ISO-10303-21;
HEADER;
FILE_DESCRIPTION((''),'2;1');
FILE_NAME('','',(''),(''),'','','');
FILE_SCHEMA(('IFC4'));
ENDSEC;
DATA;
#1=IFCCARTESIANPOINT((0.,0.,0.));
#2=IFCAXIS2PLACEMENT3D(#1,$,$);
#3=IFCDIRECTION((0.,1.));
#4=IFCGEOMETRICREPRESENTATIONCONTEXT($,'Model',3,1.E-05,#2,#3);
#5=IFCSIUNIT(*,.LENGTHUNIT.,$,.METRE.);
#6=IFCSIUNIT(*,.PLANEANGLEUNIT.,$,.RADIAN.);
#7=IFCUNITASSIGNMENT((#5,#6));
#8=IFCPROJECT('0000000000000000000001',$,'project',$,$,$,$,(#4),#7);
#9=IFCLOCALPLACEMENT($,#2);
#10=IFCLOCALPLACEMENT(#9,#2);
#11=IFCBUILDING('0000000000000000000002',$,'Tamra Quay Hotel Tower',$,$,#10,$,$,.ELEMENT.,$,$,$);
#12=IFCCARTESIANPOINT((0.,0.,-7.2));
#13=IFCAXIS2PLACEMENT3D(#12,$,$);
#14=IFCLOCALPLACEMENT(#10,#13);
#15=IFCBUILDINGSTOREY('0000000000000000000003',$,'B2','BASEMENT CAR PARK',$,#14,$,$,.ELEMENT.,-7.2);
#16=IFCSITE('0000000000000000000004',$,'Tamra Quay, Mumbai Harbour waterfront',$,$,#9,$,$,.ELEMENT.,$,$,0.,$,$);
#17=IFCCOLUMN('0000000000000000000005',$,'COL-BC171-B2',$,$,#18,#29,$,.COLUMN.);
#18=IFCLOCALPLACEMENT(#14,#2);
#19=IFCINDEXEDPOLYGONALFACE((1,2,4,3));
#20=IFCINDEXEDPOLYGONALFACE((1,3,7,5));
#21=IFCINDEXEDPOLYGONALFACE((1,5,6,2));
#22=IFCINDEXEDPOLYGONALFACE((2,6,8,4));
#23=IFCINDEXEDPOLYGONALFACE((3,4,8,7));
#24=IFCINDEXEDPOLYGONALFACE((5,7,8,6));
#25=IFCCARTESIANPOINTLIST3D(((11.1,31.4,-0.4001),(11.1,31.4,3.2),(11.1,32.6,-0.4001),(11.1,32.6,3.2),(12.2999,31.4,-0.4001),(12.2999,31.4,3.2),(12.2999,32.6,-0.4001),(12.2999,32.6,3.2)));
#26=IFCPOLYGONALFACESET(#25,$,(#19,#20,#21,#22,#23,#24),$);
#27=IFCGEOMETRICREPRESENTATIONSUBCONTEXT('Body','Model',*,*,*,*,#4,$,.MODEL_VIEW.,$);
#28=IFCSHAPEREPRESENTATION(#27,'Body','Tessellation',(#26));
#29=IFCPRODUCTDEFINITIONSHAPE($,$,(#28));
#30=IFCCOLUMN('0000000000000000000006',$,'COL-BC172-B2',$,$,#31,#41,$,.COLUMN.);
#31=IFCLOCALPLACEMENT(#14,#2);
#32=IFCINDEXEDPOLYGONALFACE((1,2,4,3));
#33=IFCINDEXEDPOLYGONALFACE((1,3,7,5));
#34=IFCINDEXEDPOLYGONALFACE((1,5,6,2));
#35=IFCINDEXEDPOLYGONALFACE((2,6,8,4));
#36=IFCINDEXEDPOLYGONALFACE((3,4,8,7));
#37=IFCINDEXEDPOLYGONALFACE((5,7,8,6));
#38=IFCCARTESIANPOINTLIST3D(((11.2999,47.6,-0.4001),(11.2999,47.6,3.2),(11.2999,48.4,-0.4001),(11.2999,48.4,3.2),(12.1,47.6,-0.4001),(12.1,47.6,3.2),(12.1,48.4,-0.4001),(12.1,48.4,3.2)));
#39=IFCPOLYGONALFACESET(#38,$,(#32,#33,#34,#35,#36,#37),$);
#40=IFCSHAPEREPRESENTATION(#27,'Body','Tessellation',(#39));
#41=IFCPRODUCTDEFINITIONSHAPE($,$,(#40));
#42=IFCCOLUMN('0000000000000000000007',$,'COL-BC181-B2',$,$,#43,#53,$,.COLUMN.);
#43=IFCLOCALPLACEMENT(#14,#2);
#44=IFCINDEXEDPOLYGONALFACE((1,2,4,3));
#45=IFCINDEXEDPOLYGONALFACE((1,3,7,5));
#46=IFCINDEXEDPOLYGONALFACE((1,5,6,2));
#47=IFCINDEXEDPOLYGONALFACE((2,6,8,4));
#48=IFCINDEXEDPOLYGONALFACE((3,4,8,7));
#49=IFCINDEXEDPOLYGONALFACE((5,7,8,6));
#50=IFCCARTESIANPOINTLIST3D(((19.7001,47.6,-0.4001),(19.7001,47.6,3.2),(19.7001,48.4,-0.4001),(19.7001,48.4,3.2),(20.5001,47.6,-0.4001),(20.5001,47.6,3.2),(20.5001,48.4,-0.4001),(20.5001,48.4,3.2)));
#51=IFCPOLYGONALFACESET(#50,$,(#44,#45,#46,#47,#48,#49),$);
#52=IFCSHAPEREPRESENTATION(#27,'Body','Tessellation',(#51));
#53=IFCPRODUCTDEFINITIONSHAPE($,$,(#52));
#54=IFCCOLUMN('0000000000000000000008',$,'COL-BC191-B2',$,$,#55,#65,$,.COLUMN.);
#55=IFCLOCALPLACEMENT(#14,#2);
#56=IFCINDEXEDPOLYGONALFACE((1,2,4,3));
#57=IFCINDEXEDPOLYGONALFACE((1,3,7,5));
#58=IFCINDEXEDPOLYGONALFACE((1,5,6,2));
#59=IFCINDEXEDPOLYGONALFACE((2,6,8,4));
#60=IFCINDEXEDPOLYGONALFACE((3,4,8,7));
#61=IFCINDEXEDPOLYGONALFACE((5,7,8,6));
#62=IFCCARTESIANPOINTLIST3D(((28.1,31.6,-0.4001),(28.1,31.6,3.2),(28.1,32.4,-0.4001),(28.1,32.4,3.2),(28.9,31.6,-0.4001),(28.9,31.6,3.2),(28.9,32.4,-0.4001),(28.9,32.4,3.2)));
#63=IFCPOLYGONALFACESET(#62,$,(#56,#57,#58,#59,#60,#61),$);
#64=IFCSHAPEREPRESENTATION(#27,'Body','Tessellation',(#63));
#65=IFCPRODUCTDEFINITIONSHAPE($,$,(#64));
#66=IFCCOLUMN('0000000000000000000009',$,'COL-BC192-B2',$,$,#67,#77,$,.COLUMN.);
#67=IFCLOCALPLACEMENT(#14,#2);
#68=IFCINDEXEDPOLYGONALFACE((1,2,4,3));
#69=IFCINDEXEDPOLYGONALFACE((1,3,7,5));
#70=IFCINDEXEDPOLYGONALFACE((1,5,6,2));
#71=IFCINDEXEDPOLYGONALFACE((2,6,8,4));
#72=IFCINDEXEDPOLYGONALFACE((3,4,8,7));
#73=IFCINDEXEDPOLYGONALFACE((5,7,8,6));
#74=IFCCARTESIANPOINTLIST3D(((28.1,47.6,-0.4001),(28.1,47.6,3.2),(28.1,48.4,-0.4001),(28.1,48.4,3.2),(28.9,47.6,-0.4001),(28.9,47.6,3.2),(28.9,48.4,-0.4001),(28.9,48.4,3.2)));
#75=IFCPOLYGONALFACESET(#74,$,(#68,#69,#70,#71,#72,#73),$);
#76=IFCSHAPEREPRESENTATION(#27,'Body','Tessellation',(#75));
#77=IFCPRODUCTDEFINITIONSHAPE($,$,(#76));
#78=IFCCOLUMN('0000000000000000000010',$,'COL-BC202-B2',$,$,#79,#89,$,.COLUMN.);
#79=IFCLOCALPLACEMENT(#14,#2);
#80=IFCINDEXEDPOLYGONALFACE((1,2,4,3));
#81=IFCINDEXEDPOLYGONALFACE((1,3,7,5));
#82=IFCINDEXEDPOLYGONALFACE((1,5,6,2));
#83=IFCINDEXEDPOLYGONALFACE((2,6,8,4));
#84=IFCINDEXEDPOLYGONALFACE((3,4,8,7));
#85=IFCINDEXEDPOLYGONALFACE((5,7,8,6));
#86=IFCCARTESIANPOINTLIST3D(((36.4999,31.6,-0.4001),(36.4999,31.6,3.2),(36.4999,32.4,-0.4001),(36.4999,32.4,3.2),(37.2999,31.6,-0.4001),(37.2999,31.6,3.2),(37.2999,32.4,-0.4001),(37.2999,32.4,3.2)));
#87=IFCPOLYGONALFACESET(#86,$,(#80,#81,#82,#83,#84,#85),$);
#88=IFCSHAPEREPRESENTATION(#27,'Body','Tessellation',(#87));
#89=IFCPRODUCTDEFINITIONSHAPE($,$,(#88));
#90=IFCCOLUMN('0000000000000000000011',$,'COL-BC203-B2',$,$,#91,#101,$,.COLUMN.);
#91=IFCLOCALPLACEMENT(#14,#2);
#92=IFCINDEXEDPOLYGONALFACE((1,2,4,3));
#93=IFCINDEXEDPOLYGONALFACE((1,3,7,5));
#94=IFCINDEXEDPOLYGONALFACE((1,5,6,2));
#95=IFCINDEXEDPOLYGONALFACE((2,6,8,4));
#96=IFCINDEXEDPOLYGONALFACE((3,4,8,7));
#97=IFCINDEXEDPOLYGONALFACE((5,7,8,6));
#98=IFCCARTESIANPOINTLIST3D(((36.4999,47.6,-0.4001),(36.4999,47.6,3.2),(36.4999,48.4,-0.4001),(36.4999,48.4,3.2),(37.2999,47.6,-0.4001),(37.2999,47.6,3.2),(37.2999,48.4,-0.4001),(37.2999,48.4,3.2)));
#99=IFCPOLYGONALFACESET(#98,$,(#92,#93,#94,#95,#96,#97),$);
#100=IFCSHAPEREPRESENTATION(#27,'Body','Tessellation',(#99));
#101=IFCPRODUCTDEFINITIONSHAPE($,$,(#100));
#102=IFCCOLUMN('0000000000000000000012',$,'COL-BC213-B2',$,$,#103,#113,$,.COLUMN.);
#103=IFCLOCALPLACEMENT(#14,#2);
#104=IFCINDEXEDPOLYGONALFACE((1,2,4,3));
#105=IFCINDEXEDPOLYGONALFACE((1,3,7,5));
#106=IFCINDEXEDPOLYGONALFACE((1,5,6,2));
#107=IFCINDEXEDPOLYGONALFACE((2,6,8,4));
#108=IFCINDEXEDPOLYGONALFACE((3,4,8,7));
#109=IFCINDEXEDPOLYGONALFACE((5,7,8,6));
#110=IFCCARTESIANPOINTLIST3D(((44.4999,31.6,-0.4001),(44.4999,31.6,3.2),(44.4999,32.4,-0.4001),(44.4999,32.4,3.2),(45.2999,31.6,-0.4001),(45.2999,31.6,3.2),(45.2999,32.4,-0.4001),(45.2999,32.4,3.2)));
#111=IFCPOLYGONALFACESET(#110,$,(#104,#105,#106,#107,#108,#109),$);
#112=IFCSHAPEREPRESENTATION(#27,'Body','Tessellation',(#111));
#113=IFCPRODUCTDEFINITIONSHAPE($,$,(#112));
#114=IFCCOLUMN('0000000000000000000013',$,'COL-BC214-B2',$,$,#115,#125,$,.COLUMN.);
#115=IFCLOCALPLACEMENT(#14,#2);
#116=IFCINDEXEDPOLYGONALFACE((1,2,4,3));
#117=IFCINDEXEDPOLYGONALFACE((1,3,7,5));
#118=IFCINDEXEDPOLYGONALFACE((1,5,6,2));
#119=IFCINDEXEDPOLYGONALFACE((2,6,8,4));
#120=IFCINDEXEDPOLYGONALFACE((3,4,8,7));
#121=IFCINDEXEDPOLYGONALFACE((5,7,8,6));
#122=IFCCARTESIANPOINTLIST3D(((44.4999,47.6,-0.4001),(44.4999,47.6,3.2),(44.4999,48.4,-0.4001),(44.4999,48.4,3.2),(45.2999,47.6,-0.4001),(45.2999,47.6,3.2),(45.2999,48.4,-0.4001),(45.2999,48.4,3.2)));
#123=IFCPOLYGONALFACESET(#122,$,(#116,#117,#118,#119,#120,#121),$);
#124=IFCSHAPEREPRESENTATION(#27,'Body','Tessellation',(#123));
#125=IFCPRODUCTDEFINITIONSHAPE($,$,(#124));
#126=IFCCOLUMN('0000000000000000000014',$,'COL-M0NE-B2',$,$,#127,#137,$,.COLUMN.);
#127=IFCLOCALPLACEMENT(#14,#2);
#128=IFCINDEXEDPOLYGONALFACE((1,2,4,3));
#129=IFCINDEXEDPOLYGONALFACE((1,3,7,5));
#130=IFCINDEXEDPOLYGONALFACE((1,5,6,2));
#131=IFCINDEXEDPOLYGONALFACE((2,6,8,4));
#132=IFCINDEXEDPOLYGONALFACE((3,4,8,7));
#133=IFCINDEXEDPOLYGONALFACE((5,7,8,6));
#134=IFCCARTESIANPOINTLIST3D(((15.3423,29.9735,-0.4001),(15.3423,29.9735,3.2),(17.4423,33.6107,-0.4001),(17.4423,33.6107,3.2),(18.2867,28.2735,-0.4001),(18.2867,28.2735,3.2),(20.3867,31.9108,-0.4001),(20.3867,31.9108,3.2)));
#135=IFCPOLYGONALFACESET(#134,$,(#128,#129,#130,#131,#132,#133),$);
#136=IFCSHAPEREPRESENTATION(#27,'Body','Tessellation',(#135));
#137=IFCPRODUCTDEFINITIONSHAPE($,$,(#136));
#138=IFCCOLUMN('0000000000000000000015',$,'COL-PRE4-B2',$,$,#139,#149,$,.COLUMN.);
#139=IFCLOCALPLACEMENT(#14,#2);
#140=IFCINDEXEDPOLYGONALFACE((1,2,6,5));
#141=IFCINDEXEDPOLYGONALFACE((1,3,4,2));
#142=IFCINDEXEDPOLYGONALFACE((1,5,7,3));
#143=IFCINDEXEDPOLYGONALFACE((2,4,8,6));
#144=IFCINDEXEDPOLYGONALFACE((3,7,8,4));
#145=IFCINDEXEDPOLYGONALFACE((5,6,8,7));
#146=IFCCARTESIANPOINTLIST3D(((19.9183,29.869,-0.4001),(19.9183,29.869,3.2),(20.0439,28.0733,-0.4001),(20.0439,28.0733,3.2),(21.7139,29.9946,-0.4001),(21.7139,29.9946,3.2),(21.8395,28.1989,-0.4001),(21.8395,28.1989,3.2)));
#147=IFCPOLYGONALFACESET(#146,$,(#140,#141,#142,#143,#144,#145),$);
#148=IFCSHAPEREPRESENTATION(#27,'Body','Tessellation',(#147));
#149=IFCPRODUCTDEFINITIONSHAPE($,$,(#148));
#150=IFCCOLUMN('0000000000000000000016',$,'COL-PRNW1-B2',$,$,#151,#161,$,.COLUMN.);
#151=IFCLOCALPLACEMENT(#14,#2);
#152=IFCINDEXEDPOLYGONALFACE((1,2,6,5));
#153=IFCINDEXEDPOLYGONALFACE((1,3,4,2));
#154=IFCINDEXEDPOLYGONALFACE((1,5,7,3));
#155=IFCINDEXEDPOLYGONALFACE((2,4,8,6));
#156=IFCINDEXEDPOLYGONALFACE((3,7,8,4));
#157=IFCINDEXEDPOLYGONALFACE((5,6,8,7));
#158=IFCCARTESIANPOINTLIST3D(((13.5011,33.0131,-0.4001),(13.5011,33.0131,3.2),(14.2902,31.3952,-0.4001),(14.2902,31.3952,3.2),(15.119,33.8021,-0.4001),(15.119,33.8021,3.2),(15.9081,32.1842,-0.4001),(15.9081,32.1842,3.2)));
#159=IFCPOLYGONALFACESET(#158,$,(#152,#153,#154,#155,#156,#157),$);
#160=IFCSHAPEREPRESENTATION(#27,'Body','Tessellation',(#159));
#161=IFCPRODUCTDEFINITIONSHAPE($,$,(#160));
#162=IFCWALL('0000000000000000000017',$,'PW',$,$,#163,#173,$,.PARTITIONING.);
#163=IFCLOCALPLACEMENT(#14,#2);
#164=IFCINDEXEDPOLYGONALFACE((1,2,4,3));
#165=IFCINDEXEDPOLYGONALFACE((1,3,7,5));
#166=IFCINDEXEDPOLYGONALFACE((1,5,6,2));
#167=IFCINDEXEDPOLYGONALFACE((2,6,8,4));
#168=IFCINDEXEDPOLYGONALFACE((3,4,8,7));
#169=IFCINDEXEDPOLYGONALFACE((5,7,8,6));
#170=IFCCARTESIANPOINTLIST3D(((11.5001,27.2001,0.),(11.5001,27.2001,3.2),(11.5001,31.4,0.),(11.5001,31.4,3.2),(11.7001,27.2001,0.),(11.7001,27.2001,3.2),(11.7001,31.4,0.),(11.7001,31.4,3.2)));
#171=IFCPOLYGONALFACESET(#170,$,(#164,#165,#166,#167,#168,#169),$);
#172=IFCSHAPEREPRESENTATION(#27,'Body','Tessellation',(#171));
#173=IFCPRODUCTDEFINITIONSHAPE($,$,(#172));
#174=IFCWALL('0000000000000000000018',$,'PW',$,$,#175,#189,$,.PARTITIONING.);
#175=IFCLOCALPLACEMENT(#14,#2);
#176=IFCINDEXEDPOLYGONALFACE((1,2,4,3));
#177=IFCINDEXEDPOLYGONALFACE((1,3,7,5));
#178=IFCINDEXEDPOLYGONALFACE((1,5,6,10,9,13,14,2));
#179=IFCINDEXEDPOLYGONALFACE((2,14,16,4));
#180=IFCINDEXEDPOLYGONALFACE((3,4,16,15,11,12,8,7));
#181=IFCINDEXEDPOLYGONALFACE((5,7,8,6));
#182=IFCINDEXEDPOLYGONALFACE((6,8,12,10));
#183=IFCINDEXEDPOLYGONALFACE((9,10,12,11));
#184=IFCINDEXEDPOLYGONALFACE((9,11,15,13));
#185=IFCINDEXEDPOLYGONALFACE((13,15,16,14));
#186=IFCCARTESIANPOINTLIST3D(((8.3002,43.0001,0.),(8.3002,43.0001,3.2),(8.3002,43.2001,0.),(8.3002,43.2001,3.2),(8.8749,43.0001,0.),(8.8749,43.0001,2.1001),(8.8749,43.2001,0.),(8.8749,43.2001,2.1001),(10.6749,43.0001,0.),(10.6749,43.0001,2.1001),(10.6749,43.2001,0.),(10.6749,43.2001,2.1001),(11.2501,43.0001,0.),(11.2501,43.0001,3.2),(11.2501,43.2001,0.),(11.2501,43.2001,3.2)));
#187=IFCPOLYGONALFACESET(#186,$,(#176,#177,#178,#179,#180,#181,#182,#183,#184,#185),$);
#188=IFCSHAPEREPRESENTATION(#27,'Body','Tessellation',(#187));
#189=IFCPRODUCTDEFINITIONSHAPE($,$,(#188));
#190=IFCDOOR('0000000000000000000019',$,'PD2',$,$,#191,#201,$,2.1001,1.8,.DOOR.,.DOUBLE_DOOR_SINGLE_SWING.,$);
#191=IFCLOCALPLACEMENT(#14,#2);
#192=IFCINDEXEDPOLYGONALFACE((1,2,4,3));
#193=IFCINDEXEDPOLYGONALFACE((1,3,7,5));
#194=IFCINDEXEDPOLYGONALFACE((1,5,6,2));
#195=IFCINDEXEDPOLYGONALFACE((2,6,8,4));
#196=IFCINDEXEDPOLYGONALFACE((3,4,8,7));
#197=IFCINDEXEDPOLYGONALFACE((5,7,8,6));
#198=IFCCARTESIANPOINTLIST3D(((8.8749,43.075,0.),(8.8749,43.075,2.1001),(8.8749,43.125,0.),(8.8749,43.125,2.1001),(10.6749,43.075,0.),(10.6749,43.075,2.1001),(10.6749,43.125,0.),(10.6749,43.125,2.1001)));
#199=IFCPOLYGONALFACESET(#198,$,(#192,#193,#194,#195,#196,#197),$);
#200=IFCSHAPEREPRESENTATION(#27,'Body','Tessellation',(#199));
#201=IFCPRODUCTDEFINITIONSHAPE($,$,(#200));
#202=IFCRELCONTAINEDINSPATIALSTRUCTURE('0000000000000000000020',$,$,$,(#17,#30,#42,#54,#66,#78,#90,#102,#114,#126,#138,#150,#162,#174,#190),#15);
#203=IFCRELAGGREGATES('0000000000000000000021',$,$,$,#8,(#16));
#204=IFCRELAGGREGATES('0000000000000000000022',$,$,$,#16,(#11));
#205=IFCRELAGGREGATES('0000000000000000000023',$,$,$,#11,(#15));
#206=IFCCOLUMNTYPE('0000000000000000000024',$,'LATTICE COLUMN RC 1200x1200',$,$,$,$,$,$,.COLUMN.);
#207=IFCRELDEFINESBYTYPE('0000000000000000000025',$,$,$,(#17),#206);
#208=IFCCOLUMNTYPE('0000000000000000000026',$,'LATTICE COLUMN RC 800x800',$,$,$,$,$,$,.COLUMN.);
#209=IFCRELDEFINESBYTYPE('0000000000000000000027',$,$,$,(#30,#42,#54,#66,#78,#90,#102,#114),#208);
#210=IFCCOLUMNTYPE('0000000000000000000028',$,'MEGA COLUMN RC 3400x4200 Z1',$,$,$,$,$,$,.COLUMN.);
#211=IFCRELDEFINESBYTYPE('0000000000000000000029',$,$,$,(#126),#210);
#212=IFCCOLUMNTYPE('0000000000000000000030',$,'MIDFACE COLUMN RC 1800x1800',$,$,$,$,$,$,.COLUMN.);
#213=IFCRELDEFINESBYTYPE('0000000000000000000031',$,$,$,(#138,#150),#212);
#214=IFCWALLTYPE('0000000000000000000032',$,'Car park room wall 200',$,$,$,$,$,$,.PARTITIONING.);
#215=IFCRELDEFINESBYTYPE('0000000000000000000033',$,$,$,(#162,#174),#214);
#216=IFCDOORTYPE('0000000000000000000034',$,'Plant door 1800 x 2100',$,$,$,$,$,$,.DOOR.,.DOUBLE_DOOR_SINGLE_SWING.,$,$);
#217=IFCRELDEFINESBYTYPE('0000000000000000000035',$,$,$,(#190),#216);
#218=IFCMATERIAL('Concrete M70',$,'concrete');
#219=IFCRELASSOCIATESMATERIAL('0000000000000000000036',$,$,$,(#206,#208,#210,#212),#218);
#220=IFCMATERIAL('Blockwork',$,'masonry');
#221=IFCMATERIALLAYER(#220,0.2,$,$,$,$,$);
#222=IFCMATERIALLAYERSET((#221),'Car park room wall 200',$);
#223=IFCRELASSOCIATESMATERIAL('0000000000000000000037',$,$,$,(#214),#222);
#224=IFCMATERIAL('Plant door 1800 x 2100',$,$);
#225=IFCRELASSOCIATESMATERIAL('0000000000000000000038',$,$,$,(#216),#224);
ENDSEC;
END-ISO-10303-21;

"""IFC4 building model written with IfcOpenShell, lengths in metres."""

from ifc_helpers import new_model, si_unit, direction, frame, frame_2d, origin, origin_2d, place, context, subcontext, project, spatial, rectangle, extrude, material, layer, layer_set, material_profile, profile_set, type_object, element, fill, save


model = new_model("IFC4")

# Units and contexts
model_context = context("Model", 3, precision=1e-05, world=origin(), true_north=direction((0.0, 1.0)))
body_context = subcontext(model_context, "Body", "Model", "MODEL_VIEW")
ifc_project = project(units=[si_unit("LENGTHUNIT", "METRE"), si_unit("PLANEANGLEUNIT", "RADIAN")], contexts=[model_context])

# Site, building, storey
site_placement = place(None, origin())
site = spatial("IfcSite", under=ifc_project, at=site_placement, Name="Tamra Quay, Mumbai Harbour waterfront", CompositionType="ELEMENT", RefElevation=0.0)
building_placement = place(site_placement, origin())
building = spatial("IfcBuilding", under=site, at=building_placement, Name="Tamra Quay Hotel Tower", CompositionType="ELEMENT")
storey_placement = place(building_placement, frame((0.0, 0.0, -7.2)))
storey = spatial("IfcBuildingStorey", under=building, at=storey_placement, Name="B2", Description="BASEMENT CAR PARK", CompositionType="ELEMENT", Elevation=-7.2)

# Columns
ifc_material_1 = material(Name="Concrete M70", Category="concrete")
ifc_material_profile_1 = material_profile(ifc_material_1, rectangle(XDim=1.2, YDim=1.2, at=origin_2d()), Name="LATTICE COLUMN RC 1200x1200")
ifc_profile_set_1 = profile_set([ifc_material_profile_1], Name="Concrete M70")
column_type_1 = type_object("IfcColumnType", Name="LATTICE COLUMN RC 1200x1200", PredefinedType="COLUMN", material=ifc_profile_set_1)
column_1_placement = place(storey_placement, frame((11.7, 32.0, -0.4001), z_axis=(0.0, 0.0, 1.0), x_axis=(1.0, 0.0, 0.0)))
element("IfcColumn", 1, at=column_1_placement, inside=storey, type_object=column_type_1, Name="COL-BC171-B2", PredefinedType="COLUMN", context=body_context, shape_type="SweptSolid", body=[
    extrude(rectangle(XDim=1.2, YDim=1.2, at=origin_2d()), origin(), (0.0, 0.0, 1.0), 3.6001),
])
ifc_material_profile_2 = material_profile(ifc_material_1, rectangle(XDim=0.8, YDim=0.8, at=origin_2d()), Name="LATTICE COLUMN RC 800x800")
ifc_profile_set_2 = profile_set([ifc_material_profile_2], Name="Concrete M70")
column_type_2 = type_object("IfcColumnType", Name="LATTICE COLUMN RC 800x800", PredefinedType="COLUMN", material=ifc_profile_set_2)
for number, where, z_axis, x_axis, name in (
    (2, (11.7, 48.0, -0.4001), (0.0, 0.0, 1.0), (1.0, 0.0, 0.0), "COL-BC172-B2"),
    (3, (20.1001, 48.0, -0.4001), (0.0, 0.0, 1.0), (1.0, 0.0, 0.0), "COL-BC181-B2"),
    (4, (28.5, 32.0, -0.4001), (0.0, 0.0, 1.0), (1.0, 0.0, 0.0), "COL-BC191-B2"),
    (5, (28.5, 48.0, -0.4001), (0.0, 0.0, 1.0), (1.0, 0.0, 0.0), "COL-BC192-B2"),
    (6, (36.8999, 32.0, -0.4001), (0.0, 0.0, 1.0), (1.0, 0.0, 0.0), "COL-BC202-B2"),
    (7, (36.8999, 48.0, -0.4001), (0.0, 0.0, 1.0), (1.0, 0.0, 0.0), "COL-BC203-B2"),
    (8, (44.8999, 32.0, -0.4001), (0.0, 0.0, 1.0), (1.0, 0.0, 0.0), "COL-BC213-B2"),
    (9, (44.8999, 48.0, -0.4001), (0.0, 0.0, 1.0), (1.0, 0.0, 0.0), "COL-BC214-B2"),
):
    element("IfcColumn", number, at=place(storey_placement, frame(where, z_axis=z_axis, x_axis=x_axis)), inside=storey, type_object=column_type_2, Name=name, PredefinedType="COLUMN", context=body_context, shape_type="SweptSolid", body=[
        extrude(rectangle(XDim=0.8, YDim=0.8, at=origin_2d()), origin(), (0.0, 0.0, 1.0), 3.6001),
    ])
ifc_material_profile_3 = material_profile(ifc_material_1, rectangle(XDim=4.2, YDim=3.3999, at=origin_2d()), Name="MEGA COLUMN RC 3400x4200 Z1")
ifc_profile_set_3 = profile_set([ifc_material_profile_3], Name="Concrete M70")
column_type_3 = type_object("IfcColumnType", Name="MEGA COLUMN RC 3400x4200 Z1", PredefinedType="COLUMN", material=ifc_profile_set_3)
column_2_placement = place(storey_placement, frame((17.8645, 30.9421, -0.4001), z_axis=(0.0, 0.0, 1.0), x_axis=(0.5, 0.866025, 0.0)))
element("IfcColumn", 10, at=column_2_placement, inside=storey, type_object=column_type_3, Name="COL-M0NE-B2", PredefinedType="COLUMN", context=body_context, shape_type="SweptSolid", body=[
    extrude(rectangle(XDim=4.2, YDim=3.3999, at=origin_2d()), origin(), (0.0, 0.0, 1.0), 3.6001),
])
ifc_material_profile_4 = material_profile(ifc_material_1, rectangle(XDim=1.8, YDim=1.8, at=origin_2d()), Name="MIDFACE COLUMN RC 1800x1800")
ifc_profile_set_4 = profile_set([ifc_material_profile_4], Name="Concrete M70")
column_type_4 = type_object("IfcColumnType", Name="MIDFACE COLUMN RC 1800x1800", PredefinedType="COLUMN", material=ifc_profile_set_4)
for number, where, z_axis, x_axis, name in (
    (11, (20.8789, 29.0339, -0.4001), (0.0, 0.0, 1.0), (0.997562, 0.06979, 0.0), "COL-PRE4-B2"),
    (12, (14.7046, 32.5986, -0.4001), (0.0, 0.0, 1.0), (-0.438341, 0.898809, 0.0), "COL-PRNW1-B2"),
):
    element("IfcColumn", number, at=place(storey_placement, frame(where, z_axis=z_axis, x_axis=x_axis)), inside=storey, type_object=column_type_4, Name=name, PredefinedType="COLUMN", context=body_context, shape_type="SweptSolid", body=[
        extrude(rectangle(XDim=1.8, YDim=1.8, at=origin_2d()), origin(), (0.0, 0.0, 1.0), 3.6001),
    ])

# Wall
ifc_material_2 = material(Name="Blockwork", Category="masonry")
ifc_layer_1 = layer(ifc_material_2, 0.2)
ifc_layer_set_1 = layer_set([ifc_layer_1], Name="Car park room wall 200")
wall_type_1 = type_object("IfcWallType", Name="Car park room wall 200", PredefinedType="PARTITIONING", material=ifc_layer_set_1)
wall_1_placement = place(storey_placement, frame((11.6001, 27.2, 0.0), z_axis=(0.0, 0.0, 1.0), x_axis=(0.0, 1.0, 0.0)))
element("IfcWall", 13, at=wall_1_placement, inside=storey, type_object=wall_type_1, Name="PW", PredefinedType="PARTITIONING", context=body_context, shape_type="SweptSolid", body=[
    extrude(rectangle(XDim=4.2, YDim=0.2, at=frame_2d((2.1001, 0.0))), origin(), (0.0, 0.0, 1.0), 3.2),
])

# Wall, opening, door
wall_2_placement = place(storey_placement, frame((8.3, 43.1001, 0.0), z_axis=(0.0, 0.0, 1.0), x_axis=(1.0, 0.0, 0.0)))
wall_2 = element("IfcWall", 14, at=wall_2_placement, inside=storey, type_object=wall_type_1, Name="PW", PredefinedType="PARTITIONING", context=body_context, shape_type="SweptSolid", body=[
    extrude(rectangle(XDim=2.95, YDim=0.2, at=frame_2d((1.4751, 0.0))), origin(), (0.0, 0.0, 1.0), 3.2),
])
opening_1_placement = place(wall_2_placement, frame((0.575, 0.0, 0.0)))
opening_1 = element("IfcOpeningElement", 15, at=opening_1_placement, cuts=wall_2, PredefinedType="OPENING", context=body_context, shape_type="SweptSolid", body=[
    extrude(rectangle(XDim=1.8, YDim=2.1001, at=frame_2d((0.8999, 1.05))), frame((0.0, 0.1099, 0.0), z_axis=(0.0, -1.0, 0.0), x_axis=(1.0, 0.0, 0.0)), (0.0, 0.0, 1.0), 0.22),
])
ifc_material_3 = material(Name="Plant door 1800 x 2100")
door_type_1 = type_object("IfcDoorType", Name="Plant door 1800 x 2100", OperationType="DOUBLE_DOOR_SINGLE_SWING", PredefinedType="DOOR", material=ifc_material_3)
door_1_placement = place(opening_1_placement, origin())
door_1 = element("IfcDoor", 16, at=door_1_placement, inside=storey, type_object=door_type_1, Name="PD2", OperationType="DOUBLE_DOOR_SINGLE_SWING", OverallHeight=2.1001, OverallWidth=1.8, PredefinedType="DOOR", context=body_context, shape_type="SweptSolid", body=[
    extrude(rectangle(XDim=1.8, YDim=2.1001, at=frame_2d((0.8999, 1.05))), frame((0.0, 0.0249, 0.0), z_axis=(0.0, -1.0, 0.0), x_axis=(1.0, 0.0, 0.0)), (0.0, 0.0, 1.0), 0.05),
])
fill(opening_1, door_1)

save(model, "model.ifc")
